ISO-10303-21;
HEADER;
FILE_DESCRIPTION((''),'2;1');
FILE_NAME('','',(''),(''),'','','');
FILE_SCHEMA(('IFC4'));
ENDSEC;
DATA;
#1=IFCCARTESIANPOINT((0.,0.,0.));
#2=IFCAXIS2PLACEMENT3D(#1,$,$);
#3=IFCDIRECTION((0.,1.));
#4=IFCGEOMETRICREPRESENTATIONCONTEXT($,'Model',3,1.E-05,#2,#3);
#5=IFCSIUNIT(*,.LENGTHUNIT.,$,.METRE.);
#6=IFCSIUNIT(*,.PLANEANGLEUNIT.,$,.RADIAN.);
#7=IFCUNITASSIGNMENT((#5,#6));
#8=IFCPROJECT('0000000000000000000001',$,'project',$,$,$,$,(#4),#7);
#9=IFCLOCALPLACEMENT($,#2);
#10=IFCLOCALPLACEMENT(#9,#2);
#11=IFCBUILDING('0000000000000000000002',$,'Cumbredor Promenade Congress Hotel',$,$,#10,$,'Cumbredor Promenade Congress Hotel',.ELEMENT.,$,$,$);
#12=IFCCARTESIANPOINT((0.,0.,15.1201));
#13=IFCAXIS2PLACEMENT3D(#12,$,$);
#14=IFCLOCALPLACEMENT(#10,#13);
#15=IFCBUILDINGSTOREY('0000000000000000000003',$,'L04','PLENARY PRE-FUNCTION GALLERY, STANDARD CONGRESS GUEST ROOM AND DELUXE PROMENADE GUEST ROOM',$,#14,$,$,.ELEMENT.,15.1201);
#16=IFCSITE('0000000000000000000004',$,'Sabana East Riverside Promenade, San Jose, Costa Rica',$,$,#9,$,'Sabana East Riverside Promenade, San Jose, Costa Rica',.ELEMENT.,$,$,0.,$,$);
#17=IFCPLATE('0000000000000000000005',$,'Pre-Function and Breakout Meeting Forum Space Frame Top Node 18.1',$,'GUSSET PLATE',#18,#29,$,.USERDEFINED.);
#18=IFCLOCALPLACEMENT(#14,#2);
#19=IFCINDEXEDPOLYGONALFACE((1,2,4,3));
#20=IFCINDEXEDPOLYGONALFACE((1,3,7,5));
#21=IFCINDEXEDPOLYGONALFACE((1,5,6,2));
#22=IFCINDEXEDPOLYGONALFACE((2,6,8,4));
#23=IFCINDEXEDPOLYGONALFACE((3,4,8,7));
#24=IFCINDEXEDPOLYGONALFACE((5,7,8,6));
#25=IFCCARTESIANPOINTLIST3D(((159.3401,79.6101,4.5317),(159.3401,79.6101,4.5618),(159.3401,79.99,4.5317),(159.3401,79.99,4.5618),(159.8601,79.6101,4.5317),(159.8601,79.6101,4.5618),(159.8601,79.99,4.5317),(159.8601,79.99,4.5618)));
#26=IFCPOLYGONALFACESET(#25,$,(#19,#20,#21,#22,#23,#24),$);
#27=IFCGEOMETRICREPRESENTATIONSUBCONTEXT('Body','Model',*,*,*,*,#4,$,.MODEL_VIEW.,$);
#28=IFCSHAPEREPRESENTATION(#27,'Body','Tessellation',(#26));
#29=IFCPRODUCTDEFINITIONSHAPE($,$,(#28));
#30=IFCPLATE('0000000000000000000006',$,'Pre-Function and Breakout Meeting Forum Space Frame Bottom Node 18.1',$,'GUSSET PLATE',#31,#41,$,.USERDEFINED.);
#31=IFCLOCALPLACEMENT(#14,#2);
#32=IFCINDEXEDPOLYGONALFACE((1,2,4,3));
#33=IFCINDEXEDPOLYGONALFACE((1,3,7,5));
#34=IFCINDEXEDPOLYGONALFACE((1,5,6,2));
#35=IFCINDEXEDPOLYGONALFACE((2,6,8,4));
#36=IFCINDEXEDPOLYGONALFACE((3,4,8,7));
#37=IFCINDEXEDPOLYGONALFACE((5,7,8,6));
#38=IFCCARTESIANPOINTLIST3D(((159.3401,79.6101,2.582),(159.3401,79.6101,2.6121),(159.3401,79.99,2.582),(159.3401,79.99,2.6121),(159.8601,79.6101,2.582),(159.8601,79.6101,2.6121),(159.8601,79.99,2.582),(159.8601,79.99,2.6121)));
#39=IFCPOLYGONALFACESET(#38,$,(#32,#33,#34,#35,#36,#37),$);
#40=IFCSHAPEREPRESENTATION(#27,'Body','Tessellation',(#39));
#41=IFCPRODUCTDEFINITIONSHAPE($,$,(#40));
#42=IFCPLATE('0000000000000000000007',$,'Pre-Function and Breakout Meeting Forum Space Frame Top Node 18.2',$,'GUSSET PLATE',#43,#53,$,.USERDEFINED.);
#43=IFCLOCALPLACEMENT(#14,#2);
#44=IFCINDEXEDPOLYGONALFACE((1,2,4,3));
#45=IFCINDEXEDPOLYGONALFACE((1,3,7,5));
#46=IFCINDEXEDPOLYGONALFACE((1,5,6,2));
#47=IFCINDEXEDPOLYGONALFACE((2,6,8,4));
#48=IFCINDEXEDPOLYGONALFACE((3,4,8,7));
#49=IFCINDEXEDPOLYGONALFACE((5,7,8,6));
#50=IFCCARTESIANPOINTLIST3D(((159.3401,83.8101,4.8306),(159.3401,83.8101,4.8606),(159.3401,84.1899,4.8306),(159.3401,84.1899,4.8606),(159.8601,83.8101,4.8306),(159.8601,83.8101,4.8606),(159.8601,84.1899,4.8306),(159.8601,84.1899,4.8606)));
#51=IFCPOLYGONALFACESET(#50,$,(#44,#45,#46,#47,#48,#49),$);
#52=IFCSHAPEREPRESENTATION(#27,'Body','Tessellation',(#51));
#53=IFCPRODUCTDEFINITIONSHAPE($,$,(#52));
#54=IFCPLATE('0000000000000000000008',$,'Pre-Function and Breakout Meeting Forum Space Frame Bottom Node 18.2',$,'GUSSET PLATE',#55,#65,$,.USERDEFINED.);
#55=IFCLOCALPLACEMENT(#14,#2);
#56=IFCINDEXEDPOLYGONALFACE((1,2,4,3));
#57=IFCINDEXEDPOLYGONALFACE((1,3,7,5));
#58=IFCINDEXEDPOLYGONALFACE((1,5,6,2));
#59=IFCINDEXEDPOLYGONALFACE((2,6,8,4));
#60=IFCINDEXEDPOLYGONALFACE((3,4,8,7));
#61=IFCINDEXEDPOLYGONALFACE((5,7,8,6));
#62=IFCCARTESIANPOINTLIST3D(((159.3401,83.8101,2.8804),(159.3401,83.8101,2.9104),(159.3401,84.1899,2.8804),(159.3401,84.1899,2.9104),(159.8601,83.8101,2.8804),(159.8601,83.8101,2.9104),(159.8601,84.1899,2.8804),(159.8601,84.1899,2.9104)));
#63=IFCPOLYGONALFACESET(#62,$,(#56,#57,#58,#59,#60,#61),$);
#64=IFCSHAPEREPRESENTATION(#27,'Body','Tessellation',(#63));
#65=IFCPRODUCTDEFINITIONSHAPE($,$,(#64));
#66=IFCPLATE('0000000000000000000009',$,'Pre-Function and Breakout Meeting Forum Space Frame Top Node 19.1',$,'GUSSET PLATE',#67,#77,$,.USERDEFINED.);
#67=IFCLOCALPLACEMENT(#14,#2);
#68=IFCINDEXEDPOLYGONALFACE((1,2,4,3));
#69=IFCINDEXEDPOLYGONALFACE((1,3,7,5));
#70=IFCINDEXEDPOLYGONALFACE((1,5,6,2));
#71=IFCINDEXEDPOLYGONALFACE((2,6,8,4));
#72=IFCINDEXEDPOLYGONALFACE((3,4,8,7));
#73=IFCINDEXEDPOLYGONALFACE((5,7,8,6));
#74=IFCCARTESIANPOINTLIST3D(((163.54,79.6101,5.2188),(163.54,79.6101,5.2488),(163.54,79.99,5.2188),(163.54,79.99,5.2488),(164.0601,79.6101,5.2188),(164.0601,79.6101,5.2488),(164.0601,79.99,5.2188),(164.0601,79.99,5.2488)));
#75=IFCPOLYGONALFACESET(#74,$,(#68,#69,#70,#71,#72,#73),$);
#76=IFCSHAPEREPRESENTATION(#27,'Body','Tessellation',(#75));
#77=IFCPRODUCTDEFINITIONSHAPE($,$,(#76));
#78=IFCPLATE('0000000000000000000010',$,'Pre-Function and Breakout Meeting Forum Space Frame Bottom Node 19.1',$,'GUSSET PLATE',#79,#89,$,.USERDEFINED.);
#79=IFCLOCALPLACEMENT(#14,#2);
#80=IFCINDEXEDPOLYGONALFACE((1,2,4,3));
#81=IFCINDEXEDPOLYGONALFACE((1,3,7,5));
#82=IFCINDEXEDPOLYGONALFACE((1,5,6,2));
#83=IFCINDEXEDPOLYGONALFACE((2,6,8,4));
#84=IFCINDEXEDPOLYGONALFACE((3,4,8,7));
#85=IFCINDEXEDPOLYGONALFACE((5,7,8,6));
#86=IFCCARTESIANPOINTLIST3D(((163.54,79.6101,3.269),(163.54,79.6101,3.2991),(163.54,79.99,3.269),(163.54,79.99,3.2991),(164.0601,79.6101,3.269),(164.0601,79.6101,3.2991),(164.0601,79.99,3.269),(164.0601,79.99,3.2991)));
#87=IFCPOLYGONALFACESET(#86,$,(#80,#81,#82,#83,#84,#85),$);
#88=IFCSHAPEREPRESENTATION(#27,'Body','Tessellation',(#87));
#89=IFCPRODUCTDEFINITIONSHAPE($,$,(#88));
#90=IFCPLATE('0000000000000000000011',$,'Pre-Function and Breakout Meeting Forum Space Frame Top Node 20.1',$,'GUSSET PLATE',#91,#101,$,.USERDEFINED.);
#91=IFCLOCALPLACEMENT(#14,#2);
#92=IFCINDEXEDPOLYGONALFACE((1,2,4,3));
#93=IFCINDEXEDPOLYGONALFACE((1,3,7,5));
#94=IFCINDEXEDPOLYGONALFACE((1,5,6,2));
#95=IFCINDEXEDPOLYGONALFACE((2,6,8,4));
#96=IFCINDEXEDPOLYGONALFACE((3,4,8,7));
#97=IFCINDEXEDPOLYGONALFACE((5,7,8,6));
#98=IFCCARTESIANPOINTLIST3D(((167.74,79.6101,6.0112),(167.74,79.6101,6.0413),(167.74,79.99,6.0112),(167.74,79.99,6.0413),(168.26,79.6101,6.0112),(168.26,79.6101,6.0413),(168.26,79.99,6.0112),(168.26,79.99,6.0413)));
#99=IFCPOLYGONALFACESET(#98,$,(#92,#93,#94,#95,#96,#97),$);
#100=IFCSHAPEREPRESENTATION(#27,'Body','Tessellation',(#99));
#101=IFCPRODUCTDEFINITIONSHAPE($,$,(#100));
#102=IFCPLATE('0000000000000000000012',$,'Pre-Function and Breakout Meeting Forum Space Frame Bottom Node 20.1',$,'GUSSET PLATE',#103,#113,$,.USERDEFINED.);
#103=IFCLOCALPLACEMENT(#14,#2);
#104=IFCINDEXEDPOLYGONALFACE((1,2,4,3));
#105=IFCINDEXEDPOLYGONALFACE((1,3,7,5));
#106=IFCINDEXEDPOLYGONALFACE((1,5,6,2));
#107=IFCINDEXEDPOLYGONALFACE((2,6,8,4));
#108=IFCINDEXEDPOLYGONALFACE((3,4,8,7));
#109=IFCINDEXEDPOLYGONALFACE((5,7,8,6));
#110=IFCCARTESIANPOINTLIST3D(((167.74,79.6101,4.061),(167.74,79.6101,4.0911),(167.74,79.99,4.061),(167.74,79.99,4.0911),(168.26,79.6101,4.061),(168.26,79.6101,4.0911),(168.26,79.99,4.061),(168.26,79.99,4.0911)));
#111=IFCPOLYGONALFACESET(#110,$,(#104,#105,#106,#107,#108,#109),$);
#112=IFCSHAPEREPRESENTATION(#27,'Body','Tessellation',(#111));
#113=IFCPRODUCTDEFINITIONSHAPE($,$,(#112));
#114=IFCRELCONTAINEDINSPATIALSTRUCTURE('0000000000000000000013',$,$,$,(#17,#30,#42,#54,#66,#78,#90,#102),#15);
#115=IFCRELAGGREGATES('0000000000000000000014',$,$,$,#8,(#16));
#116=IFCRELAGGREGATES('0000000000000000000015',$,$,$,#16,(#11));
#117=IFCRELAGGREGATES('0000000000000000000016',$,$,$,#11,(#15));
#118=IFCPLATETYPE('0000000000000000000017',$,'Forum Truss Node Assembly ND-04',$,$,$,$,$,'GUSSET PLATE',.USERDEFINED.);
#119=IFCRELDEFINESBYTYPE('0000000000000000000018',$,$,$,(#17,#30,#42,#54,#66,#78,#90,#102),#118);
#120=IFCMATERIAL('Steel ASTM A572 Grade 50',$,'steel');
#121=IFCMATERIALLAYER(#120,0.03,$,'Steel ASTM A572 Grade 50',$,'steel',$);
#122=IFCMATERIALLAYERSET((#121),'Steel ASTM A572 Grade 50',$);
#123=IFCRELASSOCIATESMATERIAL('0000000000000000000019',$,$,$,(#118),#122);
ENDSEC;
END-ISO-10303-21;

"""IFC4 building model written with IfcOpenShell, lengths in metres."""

from ifc_helpers import new_model, si_unit, direction, frame, origin, origin_2d, place, context, subcontext, project, spatial, rectangle, extrude, material, layer, layer_set, type_object, element, save


model = new_model("IFC4")

# Units and contexts
model_context = context("Model", 3, precision=1e-05, world=origin(), true_north=direction((0.0, 1.0)))
body_context = subcontext(model_context, "Body", "Model", "MODEL_VIEW")
ifc_project = project(units=[si_unit("LENGTHUNIT", "METRE"), si_unit("PLANEANGLEUNIT", "RADIAN")], contexts=[model_context])

# Site, building, storey
site_placement = place(None, origin())
site = spatial("IfcSite", under=ifc_project, at=site_placement, Name="Sabana East Riverside Promenade, San Jose, Costa Rica", LongName="Sabana East Riverside Promenade, San Jose, Costa Rica", CompositionType="ELEMENT", RefElevation=0.0)
building_placement = place(site_placement, origin())
building = spatial("IfcBuilding", under=site, at=building_placement, Name="Cumbredor Promenade Congress Hotel", LongName="Cumbredor Promenade Congress Hotel", CompositionType="ELEMENT")
storey_placement = place(building_placement, frame((0.0, 0.0, 15.1201)))
storey = spatial("IfcBuildingStorey", under=building, at=storey_placement, Name="L04", Description="PLENARY PRE-FUNCTION GALLERY, STANDARD CONGRESS GUEST ROOM AND DELUXE PROMENADE GUEST ROOM", CompositionType="ELEMENT", Elevation=15.1201)

# Plates
ifc_material_1 = material(Name="Steel ASTM A572 Grade 50", Category="steel")
ifc_layer_1 = layer(ifc_material_1, 0.03, Name="Steel ASTM A572 Grade 50", Category="steel")
ifc_layer_set_1 = layer_set([ifc_layer_1], Name="Steel ASTM A572 Grade 50")
plate_type_1 = type_object("IfcPlateType", Name="Forum Truss Node Assembly ND-04", ElementType="GUSSET PLATE", PredefinedType="USERDEFINED", material=ifc_layer_set_1)
for number, where, z_axis, x_axis, name in (
    (1, (159.6001, 79.8, 4.5317), (0.0, 0.0, 1.0), (1.0, 0.0, 0.0), "Pre-Function and Breakout Meeting Forum Space Frame Top Node 18.1"),
    (2, (159.6001, 79.8, 2.582), (0.0, 0.0, 1.0), (1.0, 0.0, 0.0), "Pre-Function and Breakout Meeting Forum Space Frame Bottom Node 18.1"),
    (3, (159.6001, 84.0, 4.8306), (0.0, 0.0, 1.0), (1.0, 0.0, 0.0), "Pre-Function and Breakout Meeting Forum Space Frame Top Node 18.2"),
    (4, (159.6001, 84.0, 2.8804), (0.0, 0.0, 1.0), (1.0, 0.0, 0.0), "Pre-Function and Breakout Meeting Forum Space Frame Bottom Node 18.2"),
    (5, (163.8, 79.8, 5.2188), (0.0, 0.0, 1.0), (1.0, 0.0, 0.0), "Pre-Function and Breakout Meeting Forum Space Frame Top Node 19.1"),
    (6, (163.8, 79.8, 3.269), (0.0, 0.0, 1.0), (1.0, 0.0, 0.0), "Pre-Function and Breakout Meeting Forum Space Frame Bottom Node 19.1"),
    (7, (168.0, 79.8, 6.0112), (0.0, 0.0, 1.0), (1.0, 0.0, 0.0), "Pre-Function and Breakout Meeting Forum Space Frame Top Node 20.1"),
    (8, (168.0, 79.8, 4.061), (0.0, 0.0, 1.0), (1.0, 0.0, 0.0), "Pre-Function and Breakout Meeting Forum Space Frame Bottom Node 20.1"),
):
    element("IfcPlate", number, at=place(storey_placement, frame(where, z_axis=z_axis, x_axis=x_axis)), inside=storey, type_object=plate_type_1, Name=name, ObjectType="GUSSET PLATE", PredefinedType="USERDEFINED", context=body_context, shape_type="SweptSolid", body=[
        extrude(rectangle(XDim=0.52, YDim=0.3799, at=origin_2d()), origin(), (0.0, 0.0, 1.0), 0.03),
    ])

save(model, "model.ifc")
